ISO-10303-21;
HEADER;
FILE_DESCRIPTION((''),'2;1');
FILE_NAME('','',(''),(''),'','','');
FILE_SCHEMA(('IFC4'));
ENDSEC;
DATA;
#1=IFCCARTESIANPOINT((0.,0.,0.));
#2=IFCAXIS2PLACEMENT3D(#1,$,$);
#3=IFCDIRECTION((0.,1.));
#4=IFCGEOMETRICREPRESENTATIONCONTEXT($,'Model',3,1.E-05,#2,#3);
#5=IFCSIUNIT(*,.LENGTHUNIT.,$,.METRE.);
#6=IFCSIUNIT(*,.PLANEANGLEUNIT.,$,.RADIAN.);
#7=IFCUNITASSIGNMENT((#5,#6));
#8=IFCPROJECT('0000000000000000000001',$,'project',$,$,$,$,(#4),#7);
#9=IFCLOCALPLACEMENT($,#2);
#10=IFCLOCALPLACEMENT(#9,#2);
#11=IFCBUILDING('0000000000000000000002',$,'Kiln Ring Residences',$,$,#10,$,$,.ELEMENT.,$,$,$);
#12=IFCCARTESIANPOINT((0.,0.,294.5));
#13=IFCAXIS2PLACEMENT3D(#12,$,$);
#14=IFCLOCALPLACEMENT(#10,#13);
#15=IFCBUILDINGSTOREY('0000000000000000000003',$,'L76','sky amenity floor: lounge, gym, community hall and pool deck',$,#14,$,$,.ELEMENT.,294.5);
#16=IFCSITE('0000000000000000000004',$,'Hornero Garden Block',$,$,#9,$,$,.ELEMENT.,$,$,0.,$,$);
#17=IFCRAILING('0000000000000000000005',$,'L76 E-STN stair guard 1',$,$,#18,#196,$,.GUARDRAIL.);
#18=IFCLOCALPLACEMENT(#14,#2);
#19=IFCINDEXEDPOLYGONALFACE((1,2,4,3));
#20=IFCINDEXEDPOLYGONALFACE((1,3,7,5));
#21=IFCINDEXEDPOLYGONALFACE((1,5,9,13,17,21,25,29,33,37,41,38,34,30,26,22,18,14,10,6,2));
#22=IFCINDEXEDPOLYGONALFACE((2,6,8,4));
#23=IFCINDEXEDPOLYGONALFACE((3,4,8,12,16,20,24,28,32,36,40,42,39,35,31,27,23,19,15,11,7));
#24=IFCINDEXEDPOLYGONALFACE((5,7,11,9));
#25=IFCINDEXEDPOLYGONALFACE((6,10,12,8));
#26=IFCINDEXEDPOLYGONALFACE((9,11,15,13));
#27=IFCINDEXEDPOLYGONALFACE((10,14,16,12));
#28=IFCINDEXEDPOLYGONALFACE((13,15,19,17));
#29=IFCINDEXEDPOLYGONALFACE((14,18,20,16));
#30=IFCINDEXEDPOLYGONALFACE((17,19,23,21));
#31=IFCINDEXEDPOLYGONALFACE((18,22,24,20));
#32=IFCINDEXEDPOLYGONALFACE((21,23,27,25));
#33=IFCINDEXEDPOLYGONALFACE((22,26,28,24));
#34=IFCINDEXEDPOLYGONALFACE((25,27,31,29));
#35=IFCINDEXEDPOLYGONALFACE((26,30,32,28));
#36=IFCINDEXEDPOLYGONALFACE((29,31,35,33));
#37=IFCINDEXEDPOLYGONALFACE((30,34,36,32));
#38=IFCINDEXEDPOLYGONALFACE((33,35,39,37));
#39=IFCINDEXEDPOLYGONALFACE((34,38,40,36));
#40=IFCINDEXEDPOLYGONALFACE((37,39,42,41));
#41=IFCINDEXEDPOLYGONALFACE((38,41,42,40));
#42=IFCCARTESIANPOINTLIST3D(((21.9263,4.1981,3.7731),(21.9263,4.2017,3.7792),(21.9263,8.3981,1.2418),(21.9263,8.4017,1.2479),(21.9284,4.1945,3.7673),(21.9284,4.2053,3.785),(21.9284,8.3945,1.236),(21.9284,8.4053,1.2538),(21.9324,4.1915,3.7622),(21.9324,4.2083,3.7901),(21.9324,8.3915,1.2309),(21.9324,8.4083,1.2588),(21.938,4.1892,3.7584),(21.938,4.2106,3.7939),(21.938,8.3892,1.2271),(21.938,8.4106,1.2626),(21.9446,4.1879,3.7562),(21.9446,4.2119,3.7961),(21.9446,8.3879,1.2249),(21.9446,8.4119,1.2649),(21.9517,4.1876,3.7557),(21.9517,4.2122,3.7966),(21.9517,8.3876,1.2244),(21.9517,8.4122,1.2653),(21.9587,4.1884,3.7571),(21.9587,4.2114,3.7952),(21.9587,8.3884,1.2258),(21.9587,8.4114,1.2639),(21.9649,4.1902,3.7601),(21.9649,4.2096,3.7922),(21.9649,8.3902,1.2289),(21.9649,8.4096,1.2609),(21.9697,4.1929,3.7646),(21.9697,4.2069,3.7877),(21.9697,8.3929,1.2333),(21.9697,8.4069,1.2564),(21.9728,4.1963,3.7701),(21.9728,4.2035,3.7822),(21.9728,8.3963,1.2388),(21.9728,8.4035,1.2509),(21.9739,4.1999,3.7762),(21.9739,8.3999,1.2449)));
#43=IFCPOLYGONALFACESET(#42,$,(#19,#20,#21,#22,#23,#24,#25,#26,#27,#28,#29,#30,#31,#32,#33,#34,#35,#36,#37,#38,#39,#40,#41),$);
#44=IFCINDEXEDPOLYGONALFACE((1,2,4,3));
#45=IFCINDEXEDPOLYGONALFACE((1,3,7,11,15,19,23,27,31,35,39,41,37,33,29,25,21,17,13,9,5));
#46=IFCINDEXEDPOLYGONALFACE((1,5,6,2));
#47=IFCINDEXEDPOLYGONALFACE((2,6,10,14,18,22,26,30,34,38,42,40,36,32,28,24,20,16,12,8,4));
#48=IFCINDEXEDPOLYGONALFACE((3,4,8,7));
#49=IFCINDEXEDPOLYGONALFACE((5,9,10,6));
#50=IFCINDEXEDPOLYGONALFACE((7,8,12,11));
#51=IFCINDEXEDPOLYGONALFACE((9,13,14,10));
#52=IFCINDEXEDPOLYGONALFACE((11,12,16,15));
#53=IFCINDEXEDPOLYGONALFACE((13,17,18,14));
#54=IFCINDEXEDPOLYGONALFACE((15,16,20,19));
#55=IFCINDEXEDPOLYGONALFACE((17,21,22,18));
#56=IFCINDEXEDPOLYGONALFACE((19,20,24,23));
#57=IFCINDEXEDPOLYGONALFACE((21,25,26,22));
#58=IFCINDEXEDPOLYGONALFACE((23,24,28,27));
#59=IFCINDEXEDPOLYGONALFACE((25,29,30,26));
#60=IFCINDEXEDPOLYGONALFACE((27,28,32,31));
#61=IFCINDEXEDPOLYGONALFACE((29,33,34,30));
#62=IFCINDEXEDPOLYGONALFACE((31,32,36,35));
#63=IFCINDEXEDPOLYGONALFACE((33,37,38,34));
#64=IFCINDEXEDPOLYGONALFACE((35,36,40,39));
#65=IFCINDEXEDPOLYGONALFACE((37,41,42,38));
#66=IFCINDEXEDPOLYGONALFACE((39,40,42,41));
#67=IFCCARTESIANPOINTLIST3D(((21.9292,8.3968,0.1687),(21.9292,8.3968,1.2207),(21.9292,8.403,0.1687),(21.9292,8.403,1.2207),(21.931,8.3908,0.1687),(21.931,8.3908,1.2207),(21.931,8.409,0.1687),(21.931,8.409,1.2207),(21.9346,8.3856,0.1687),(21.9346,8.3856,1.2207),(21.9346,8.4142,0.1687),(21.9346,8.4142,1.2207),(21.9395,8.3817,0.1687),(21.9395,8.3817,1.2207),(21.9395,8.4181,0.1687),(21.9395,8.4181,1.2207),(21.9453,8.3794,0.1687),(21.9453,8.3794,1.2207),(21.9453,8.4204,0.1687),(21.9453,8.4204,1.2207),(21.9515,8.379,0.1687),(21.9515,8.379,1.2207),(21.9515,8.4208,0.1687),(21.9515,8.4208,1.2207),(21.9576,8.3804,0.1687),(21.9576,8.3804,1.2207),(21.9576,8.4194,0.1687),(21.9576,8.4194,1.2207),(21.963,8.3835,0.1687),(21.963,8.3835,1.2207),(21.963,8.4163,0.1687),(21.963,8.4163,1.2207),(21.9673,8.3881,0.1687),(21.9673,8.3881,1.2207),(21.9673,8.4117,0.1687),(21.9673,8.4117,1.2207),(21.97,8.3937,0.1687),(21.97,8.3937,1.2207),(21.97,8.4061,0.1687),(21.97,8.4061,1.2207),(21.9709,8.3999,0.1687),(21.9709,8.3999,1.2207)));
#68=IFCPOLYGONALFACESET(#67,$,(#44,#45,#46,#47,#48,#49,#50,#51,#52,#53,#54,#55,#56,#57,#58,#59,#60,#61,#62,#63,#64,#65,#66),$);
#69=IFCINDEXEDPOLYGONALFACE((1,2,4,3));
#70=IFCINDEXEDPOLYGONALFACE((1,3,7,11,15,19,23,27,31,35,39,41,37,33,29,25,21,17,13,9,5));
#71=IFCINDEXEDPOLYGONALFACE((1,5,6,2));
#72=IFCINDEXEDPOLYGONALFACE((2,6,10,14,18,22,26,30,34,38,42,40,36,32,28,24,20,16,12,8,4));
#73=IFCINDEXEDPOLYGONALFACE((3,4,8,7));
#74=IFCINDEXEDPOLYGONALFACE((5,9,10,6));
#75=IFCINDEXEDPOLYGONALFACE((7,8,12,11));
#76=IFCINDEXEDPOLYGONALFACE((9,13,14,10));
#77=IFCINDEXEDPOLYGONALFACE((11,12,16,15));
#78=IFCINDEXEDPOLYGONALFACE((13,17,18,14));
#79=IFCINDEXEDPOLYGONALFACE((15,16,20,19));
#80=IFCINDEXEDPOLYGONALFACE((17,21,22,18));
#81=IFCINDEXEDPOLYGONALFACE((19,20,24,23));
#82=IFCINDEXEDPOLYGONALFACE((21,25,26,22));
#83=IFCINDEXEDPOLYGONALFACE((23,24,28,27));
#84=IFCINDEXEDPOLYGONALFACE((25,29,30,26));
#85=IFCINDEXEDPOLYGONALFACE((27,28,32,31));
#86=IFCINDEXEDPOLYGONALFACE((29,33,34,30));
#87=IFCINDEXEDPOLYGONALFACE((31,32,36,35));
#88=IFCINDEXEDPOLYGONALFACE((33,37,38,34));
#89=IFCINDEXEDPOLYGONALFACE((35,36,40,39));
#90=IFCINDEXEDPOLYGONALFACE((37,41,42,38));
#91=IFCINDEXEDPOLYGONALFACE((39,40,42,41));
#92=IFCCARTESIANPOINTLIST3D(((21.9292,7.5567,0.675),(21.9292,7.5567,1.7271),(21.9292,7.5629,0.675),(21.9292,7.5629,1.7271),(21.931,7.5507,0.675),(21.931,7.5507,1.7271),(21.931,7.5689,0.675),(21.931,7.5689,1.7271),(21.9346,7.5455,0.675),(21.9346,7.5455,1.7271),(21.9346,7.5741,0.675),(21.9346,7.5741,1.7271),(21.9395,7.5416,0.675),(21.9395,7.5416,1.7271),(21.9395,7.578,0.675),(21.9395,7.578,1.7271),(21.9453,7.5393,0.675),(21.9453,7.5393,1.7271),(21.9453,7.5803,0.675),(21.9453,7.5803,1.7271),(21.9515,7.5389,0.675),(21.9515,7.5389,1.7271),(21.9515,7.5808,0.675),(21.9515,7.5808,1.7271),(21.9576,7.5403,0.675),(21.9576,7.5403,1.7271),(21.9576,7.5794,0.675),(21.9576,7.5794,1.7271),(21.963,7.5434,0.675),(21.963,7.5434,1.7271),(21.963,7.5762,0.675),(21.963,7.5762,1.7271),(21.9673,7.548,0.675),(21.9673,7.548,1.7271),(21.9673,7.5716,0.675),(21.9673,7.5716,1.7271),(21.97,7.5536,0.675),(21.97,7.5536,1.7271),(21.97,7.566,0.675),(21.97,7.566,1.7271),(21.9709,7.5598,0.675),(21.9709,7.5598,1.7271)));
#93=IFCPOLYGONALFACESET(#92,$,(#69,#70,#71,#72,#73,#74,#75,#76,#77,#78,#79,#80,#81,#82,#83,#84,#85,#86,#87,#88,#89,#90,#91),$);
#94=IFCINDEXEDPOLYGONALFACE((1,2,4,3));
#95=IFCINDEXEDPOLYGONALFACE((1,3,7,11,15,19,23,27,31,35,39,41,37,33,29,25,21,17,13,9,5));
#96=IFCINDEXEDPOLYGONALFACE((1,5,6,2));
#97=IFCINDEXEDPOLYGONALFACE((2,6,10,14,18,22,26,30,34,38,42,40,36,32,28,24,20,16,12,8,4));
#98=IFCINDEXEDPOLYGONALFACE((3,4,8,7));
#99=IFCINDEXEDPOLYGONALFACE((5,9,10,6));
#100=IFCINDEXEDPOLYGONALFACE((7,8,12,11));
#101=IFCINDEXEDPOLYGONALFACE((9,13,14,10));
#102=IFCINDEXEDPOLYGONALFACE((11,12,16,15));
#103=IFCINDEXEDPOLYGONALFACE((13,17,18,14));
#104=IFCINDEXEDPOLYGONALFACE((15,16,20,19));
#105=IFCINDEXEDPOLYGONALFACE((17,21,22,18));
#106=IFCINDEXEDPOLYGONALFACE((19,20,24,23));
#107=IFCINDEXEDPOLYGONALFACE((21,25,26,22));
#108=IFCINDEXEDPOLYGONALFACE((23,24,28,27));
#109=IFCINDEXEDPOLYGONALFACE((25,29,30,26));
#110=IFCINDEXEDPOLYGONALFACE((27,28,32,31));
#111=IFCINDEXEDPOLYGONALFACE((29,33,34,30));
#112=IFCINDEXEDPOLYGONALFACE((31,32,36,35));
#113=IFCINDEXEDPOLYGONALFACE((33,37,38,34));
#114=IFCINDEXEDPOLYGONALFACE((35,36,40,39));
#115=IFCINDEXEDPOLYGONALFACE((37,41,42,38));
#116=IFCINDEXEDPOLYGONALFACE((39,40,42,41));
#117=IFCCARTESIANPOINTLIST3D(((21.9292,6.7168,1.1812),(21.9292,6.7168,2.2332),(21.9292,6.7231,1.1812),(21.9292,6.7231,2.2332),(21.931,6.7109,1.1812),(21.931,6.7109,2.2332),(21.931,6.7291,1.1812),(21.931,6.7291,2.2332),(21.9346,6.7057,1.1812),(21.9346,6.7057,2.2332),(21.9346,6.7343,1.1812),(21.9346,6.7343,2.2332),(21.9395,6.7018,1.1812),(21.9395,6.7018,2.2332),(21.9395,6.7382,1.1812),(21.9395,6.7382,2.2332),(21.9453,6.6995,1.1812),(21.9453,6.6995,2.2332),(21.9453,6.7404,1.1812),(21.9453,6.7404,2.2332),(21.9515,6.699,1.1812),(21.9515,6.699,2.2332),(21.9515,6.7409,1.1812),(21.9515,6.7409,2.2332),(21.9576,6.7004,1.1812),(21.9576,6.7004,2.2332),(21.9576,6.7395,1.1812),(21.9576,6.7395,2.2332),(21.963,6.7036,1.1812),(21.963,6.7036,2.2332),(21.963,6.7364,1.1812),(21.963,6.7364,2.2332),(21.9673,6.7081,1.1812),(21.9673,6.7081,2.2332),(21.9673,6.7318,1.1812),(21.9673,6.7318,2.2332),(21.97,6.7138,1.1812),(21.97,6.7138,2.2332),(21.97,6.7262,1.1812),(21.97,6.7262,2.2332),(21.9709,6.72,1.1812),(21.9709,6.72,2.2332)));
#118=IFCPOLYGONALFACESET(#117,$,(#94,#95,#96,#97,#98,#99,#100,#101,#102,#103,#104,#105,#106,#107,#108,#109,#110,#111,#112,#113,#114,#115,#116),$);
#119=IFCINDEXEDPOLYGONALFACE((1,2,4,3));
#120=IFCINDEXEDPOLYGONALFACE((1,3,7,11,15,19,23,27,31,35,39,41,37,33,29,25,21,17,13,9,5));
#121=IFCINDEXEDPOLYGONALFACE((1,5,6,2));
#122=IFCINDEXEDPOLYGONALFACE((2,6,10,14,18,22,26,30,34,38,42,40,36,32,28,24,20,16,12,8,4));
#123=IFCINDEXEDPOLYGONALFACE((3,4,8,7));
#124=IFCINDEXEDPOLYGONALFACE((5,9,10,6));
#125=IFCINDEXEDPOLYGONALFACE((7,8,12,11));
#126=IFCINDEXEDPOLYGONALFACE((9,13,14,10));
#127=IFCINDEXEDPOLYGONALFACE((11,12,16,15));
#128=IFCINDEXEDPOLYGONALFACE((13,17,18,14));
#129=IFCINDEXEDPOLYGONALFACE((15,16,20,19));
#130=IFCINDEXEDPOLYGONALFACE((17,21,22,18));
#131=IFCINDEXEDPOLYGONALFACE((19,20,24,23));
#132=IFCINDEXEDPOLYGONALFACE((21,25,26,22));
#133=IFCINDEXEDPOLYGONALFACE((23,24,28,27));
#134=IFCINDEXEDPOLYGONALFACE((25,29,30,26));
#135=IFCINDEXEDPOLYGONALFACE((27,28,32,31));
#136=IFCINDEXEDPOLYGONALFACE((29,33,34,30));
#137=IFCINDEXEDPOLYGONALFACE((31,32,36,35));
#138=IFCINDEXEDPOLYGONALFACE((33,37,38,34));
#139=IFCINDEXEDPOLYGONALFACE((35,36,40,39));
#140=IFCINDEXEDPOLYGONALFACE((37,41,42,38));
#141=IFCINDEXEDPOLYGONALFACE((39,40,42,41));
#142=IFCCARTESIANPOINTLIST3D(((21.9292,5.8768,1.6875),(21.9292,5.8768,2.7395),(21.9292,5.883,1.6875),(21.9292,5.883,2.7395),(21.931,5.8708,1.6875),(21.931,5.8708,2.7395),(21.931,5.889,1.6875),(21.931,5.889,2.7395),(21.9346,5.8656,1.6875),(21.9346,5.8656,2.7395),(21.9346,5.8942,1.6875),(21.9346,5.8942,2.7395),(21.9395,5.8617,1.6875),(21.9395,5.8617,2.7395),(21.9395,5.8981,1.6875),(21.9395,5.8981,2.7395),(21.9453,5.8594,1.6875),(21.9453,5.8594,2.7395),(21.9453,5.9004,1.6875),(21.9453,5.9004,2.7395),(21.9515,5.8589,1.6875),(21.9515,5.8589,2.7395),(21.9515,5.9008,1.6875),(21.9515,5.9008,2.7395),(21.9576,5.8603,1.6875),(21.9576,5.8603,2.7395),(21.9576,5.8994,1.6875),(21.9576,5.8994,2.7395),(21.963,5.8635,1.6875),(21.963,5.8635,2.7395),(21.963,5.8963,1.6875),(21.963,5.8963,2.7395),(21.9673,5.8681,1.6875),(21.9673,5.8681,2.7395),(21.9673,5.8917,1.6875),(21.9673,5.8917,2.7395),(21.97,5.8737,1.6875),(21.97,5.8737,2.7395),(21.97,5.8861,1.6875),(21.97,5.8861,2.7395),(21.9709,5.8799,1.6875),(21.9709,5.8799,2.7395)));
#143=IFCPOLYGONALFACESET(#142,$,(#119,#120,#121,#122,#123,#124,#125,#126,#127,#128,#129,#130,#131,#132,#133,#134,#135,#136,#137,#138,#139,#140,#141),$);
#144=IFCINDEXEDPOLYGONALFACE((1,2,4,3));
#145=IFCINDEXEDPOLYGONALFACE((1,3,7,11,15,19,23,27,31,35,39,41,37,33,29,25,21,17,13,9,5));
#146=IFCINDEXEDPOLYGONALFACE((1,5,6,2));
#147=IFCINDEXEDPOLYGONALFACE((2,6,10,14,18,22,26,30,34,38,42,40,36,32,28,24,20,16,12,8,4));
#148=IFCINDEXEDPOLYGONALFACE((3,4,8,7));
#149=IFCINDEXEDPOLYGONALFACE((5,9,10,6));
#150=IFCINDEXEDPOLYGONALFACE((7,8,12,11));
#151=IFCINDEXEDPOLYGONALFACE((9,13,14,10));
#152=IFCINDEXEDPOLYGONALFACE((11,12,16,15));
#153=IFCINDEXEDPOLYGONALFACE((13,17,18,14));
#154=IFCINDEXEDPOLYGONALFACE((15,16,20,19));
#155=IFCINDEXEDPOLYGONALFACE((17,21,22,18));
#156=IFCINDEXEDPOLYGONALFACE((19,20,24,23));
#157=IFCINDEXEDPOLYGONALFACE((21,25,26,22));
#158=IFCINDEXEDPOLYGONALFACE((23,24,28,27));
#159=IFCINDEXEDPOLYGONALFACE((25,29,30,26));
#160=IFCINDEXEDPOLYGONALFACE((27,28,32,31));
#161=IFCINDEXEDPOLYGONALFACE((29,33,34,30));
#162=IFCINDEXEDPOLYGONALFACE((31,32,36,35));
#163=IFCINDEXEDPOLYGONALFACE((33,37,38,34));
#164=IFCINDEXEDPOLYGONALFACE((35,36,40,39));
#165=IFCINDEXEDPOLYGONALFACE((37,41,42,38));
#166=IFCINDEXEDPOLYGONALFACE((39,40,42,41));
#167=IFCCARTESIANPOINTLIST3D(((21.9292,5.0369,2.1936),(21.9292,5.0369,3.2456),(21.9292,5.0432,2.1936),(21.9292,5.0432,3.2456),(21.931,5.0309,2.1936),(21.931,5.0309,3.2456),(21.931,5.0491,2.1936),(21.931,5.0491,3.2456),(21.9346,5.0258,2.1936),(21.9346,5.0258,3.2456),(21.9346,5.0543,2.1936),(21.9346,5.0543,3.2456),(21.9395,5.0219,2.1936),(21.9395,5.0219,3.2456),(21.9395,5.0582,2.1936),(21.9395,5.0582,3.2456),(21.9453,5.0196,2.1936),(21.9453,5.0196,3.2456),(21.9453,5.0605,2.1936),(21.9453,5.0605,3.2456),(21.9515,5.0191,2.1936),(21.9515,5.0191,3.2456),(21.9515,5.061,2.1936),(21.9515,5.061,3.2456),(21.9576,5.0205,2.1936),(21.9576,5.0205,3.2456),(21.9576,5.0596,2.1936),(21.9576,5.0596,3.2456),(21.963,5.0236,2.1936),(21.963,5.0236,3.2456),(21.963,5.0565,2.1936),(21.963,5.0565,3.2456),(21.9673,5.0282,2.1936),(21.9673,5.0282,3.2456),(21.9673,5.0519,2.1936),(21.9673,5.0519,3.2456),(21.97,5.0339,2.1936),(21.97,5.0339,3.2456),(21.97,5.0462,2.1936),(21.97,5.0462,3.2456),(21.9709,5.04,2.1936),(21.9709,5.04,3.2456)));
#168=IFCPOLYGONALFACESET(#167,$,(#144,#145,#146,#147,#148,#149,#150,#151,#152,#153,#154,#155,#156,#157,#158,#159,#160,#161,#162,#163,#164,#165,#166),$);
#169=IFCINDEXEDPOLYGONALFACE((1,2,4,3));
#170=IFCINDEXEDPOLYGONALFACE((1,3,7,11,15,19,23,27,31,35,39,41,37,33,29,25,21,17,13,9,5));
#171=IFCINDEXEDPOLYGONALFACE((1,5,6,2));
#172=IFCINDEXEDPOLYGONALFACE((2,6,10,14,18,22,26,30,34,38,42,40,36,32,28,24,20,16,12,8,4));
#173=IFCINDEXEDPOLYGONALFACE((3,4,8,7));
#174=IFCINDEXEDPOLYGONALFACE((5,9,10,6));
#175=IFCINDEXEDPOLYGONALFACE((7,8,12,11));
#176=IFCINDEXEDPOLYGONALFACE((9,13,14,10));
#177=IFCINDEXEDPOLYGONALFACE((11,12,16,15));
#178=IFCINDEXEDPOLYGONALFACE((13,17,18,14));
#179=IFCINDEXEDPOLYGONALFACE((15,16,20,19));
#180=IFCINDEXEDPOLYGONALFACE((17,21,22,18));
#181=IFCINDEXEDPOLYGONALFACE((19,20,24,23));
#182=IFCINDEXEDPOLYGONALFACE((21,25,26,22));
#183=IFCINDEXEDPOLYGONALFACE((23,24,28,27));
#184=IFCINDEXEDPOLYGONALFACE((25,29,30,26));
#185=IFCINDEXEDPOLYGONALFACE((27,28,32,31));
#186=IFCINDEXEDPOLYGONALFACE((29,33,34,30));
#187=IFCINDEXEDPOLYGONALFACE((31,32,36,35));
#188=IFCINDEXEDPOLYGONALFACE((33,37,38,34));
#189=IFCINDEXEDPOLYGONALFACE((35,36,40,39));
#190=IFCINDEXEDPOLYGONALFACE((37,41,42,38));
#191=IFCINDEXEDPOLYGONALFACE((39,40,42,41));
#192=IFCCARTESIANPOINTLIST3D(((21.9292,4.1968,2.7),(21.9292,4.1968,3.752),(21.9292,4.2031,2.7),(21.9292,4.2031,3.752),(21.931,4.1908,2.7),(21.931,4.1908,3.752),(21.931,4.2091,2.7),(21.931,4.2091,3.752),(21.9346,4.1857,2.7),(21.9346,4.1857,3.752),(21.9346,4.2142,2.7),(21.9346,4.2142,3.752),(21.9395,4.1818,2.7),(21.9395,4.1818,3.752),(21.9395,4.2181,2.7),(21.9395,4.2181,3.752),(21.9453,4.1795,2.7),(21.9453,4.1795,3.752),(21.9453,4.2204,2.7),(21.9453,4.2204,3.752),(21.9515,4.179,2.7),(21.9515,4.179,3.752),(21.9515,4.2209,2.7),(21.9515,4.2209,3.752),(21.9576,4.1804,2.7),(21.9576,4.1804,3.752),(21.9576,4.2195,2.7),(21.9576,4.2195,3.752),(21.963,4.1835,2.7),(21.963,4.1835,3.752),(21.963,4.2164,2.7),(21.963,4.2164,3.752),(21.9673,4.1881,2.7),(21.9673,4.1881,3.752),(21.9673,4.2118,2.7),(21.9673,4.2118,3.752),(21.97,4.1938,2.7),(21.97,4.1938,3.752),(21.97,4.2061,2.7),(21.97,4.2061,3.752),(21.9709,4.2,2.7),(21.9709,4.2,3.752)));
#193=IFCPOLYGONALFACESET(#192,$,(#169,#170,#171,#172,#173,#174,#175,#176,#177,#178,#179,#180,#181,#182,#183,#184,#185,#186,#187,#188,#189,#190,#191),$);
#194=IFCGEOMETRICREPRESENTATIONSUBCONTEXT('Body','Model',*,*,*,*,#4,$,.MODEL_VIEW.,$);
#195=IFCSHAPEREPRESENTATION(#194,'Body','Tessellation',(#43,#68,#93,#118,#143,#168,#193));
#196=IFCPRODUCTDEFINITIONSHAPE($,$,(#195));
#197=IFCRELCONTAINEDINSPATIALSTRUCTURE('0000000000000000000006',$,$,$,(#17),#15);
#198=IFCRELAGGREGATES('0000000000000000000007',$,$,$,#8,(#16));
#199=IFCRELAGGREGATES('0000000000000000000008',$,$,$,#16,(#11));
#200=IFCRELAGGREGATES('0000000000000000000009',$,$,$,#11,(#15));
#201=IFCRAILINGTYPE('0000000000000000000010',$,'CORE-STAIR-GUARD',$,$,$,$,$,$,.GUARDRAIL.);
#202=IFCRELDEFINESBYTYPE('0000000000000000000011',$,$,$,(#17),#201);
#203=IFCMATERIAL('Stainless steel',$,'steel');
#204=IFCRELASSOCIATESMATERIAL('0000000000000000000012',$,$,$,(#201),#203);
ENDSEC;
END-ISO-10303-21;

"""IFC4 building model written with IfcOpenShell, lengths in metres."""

from ifc_helpers import new_model, si_unit, direction, frame, origin, origin_2d, place, context, subcontext, project, spatial, circle, extrude, material, type_object, element, save


model = new_model("IFC4")

# Units and contexts
model_context = context("Model", 3, precision=1e-05, world=origin(), true_north=direction((0.0, 1.0)))
body_context = subcontext(model_context, "Body", "Model", "MODEL_VIEW")
ifc_project = project(units=[si_unit("LENGTHUNIT", "METRE"), si_unit("PLANEANGLEUNIT", "RADIAN")], contexts=[model_context])

# Site, building, storey
site_placement = place(None, origin())
site = spatial("IfcSite", under=ifc_project, at=site_placement, Name="Hornero Garden Block", CompositionType="ELEMENT", RefElevation=0.0)
building_placement = place(site_placement, origin())
building = spatial("IfcBuilding", under=site, at=building_placement, Name="Kiln Ring Residences", CompositionType="ELEMENT")
storey_placement = place(building_placement, frame((0.0, 0.0, 294.5)))
storey = spatial("IfcBuildingStorey", under=building, at=storey_placement, Name="L76", Description="sky amenity floor: lounge, gym, community hall and pool deck", CompositionType="ELEMENT", Elevation=294.5)

# Railing
ifc_material_1 = material(Name="Stainless steel", Category="steel")
railing_type_1 = type_object("IfcRailingType", Name="CORE-STAIR-GUARD", PredefinedType="GUARDRAIL", material=ifc_material_1)
railing_1_placement = place(storey_placement, frame((21.95, 8.3999, 0.1687)))
element("IfcRailing", 1, at=railing_1_placement, inside=storey, type_object=railing_type_1, Name="L76 E-STN stair guard 1", PredefinedType="GUARDRAIL", context=body_context, shape_type="SweptSolid", body=[
    extrude(circle(Radius=0.0239, at=origin_2d()), frame((0.0, 0.0, 1.0762), z_axis=(0.0, -0.856476, 0.516186), x_axis=(1.0, 0.0, 0.0)), (0.0, 0.0, 1.0), 4.9038),
    extrude(circle(Radius=0.021, at=origin_2d()), origin(), (0.0, 0.0, 1.0), 1.052),
    extrude(circle(Radius=0.021, at=origin_2d()), frame((0.0, -0.8401, 0.5063)), (0.0, 0.0, 1.0), 1.052),
    extrude(circle(Radius=0.021, at=origin_2d()), frame((0.0, -1.6799, 1.0125)), (0.0, 0.0, 1.0), 1.052),
    extrude(circle(Radius=0.021, at=origin_2d()), frame((0.0, -2.52, 1.5188)), (0.0, 0.0, 1.0), 1.052),
    extrude(circle(Radius=0.021, at=origin_2d()), frame((0.0, -3.3599, 2.0249)), (0.0, 0.0, 1.0), 1.052),
    extrude(circle(Radius=0.021, at=origin_2d()), frame((0.0, -4.2, 2.5312)), (0.0, 0.0, 1.0), 1.052),
])

save(model, "model.ifc")
